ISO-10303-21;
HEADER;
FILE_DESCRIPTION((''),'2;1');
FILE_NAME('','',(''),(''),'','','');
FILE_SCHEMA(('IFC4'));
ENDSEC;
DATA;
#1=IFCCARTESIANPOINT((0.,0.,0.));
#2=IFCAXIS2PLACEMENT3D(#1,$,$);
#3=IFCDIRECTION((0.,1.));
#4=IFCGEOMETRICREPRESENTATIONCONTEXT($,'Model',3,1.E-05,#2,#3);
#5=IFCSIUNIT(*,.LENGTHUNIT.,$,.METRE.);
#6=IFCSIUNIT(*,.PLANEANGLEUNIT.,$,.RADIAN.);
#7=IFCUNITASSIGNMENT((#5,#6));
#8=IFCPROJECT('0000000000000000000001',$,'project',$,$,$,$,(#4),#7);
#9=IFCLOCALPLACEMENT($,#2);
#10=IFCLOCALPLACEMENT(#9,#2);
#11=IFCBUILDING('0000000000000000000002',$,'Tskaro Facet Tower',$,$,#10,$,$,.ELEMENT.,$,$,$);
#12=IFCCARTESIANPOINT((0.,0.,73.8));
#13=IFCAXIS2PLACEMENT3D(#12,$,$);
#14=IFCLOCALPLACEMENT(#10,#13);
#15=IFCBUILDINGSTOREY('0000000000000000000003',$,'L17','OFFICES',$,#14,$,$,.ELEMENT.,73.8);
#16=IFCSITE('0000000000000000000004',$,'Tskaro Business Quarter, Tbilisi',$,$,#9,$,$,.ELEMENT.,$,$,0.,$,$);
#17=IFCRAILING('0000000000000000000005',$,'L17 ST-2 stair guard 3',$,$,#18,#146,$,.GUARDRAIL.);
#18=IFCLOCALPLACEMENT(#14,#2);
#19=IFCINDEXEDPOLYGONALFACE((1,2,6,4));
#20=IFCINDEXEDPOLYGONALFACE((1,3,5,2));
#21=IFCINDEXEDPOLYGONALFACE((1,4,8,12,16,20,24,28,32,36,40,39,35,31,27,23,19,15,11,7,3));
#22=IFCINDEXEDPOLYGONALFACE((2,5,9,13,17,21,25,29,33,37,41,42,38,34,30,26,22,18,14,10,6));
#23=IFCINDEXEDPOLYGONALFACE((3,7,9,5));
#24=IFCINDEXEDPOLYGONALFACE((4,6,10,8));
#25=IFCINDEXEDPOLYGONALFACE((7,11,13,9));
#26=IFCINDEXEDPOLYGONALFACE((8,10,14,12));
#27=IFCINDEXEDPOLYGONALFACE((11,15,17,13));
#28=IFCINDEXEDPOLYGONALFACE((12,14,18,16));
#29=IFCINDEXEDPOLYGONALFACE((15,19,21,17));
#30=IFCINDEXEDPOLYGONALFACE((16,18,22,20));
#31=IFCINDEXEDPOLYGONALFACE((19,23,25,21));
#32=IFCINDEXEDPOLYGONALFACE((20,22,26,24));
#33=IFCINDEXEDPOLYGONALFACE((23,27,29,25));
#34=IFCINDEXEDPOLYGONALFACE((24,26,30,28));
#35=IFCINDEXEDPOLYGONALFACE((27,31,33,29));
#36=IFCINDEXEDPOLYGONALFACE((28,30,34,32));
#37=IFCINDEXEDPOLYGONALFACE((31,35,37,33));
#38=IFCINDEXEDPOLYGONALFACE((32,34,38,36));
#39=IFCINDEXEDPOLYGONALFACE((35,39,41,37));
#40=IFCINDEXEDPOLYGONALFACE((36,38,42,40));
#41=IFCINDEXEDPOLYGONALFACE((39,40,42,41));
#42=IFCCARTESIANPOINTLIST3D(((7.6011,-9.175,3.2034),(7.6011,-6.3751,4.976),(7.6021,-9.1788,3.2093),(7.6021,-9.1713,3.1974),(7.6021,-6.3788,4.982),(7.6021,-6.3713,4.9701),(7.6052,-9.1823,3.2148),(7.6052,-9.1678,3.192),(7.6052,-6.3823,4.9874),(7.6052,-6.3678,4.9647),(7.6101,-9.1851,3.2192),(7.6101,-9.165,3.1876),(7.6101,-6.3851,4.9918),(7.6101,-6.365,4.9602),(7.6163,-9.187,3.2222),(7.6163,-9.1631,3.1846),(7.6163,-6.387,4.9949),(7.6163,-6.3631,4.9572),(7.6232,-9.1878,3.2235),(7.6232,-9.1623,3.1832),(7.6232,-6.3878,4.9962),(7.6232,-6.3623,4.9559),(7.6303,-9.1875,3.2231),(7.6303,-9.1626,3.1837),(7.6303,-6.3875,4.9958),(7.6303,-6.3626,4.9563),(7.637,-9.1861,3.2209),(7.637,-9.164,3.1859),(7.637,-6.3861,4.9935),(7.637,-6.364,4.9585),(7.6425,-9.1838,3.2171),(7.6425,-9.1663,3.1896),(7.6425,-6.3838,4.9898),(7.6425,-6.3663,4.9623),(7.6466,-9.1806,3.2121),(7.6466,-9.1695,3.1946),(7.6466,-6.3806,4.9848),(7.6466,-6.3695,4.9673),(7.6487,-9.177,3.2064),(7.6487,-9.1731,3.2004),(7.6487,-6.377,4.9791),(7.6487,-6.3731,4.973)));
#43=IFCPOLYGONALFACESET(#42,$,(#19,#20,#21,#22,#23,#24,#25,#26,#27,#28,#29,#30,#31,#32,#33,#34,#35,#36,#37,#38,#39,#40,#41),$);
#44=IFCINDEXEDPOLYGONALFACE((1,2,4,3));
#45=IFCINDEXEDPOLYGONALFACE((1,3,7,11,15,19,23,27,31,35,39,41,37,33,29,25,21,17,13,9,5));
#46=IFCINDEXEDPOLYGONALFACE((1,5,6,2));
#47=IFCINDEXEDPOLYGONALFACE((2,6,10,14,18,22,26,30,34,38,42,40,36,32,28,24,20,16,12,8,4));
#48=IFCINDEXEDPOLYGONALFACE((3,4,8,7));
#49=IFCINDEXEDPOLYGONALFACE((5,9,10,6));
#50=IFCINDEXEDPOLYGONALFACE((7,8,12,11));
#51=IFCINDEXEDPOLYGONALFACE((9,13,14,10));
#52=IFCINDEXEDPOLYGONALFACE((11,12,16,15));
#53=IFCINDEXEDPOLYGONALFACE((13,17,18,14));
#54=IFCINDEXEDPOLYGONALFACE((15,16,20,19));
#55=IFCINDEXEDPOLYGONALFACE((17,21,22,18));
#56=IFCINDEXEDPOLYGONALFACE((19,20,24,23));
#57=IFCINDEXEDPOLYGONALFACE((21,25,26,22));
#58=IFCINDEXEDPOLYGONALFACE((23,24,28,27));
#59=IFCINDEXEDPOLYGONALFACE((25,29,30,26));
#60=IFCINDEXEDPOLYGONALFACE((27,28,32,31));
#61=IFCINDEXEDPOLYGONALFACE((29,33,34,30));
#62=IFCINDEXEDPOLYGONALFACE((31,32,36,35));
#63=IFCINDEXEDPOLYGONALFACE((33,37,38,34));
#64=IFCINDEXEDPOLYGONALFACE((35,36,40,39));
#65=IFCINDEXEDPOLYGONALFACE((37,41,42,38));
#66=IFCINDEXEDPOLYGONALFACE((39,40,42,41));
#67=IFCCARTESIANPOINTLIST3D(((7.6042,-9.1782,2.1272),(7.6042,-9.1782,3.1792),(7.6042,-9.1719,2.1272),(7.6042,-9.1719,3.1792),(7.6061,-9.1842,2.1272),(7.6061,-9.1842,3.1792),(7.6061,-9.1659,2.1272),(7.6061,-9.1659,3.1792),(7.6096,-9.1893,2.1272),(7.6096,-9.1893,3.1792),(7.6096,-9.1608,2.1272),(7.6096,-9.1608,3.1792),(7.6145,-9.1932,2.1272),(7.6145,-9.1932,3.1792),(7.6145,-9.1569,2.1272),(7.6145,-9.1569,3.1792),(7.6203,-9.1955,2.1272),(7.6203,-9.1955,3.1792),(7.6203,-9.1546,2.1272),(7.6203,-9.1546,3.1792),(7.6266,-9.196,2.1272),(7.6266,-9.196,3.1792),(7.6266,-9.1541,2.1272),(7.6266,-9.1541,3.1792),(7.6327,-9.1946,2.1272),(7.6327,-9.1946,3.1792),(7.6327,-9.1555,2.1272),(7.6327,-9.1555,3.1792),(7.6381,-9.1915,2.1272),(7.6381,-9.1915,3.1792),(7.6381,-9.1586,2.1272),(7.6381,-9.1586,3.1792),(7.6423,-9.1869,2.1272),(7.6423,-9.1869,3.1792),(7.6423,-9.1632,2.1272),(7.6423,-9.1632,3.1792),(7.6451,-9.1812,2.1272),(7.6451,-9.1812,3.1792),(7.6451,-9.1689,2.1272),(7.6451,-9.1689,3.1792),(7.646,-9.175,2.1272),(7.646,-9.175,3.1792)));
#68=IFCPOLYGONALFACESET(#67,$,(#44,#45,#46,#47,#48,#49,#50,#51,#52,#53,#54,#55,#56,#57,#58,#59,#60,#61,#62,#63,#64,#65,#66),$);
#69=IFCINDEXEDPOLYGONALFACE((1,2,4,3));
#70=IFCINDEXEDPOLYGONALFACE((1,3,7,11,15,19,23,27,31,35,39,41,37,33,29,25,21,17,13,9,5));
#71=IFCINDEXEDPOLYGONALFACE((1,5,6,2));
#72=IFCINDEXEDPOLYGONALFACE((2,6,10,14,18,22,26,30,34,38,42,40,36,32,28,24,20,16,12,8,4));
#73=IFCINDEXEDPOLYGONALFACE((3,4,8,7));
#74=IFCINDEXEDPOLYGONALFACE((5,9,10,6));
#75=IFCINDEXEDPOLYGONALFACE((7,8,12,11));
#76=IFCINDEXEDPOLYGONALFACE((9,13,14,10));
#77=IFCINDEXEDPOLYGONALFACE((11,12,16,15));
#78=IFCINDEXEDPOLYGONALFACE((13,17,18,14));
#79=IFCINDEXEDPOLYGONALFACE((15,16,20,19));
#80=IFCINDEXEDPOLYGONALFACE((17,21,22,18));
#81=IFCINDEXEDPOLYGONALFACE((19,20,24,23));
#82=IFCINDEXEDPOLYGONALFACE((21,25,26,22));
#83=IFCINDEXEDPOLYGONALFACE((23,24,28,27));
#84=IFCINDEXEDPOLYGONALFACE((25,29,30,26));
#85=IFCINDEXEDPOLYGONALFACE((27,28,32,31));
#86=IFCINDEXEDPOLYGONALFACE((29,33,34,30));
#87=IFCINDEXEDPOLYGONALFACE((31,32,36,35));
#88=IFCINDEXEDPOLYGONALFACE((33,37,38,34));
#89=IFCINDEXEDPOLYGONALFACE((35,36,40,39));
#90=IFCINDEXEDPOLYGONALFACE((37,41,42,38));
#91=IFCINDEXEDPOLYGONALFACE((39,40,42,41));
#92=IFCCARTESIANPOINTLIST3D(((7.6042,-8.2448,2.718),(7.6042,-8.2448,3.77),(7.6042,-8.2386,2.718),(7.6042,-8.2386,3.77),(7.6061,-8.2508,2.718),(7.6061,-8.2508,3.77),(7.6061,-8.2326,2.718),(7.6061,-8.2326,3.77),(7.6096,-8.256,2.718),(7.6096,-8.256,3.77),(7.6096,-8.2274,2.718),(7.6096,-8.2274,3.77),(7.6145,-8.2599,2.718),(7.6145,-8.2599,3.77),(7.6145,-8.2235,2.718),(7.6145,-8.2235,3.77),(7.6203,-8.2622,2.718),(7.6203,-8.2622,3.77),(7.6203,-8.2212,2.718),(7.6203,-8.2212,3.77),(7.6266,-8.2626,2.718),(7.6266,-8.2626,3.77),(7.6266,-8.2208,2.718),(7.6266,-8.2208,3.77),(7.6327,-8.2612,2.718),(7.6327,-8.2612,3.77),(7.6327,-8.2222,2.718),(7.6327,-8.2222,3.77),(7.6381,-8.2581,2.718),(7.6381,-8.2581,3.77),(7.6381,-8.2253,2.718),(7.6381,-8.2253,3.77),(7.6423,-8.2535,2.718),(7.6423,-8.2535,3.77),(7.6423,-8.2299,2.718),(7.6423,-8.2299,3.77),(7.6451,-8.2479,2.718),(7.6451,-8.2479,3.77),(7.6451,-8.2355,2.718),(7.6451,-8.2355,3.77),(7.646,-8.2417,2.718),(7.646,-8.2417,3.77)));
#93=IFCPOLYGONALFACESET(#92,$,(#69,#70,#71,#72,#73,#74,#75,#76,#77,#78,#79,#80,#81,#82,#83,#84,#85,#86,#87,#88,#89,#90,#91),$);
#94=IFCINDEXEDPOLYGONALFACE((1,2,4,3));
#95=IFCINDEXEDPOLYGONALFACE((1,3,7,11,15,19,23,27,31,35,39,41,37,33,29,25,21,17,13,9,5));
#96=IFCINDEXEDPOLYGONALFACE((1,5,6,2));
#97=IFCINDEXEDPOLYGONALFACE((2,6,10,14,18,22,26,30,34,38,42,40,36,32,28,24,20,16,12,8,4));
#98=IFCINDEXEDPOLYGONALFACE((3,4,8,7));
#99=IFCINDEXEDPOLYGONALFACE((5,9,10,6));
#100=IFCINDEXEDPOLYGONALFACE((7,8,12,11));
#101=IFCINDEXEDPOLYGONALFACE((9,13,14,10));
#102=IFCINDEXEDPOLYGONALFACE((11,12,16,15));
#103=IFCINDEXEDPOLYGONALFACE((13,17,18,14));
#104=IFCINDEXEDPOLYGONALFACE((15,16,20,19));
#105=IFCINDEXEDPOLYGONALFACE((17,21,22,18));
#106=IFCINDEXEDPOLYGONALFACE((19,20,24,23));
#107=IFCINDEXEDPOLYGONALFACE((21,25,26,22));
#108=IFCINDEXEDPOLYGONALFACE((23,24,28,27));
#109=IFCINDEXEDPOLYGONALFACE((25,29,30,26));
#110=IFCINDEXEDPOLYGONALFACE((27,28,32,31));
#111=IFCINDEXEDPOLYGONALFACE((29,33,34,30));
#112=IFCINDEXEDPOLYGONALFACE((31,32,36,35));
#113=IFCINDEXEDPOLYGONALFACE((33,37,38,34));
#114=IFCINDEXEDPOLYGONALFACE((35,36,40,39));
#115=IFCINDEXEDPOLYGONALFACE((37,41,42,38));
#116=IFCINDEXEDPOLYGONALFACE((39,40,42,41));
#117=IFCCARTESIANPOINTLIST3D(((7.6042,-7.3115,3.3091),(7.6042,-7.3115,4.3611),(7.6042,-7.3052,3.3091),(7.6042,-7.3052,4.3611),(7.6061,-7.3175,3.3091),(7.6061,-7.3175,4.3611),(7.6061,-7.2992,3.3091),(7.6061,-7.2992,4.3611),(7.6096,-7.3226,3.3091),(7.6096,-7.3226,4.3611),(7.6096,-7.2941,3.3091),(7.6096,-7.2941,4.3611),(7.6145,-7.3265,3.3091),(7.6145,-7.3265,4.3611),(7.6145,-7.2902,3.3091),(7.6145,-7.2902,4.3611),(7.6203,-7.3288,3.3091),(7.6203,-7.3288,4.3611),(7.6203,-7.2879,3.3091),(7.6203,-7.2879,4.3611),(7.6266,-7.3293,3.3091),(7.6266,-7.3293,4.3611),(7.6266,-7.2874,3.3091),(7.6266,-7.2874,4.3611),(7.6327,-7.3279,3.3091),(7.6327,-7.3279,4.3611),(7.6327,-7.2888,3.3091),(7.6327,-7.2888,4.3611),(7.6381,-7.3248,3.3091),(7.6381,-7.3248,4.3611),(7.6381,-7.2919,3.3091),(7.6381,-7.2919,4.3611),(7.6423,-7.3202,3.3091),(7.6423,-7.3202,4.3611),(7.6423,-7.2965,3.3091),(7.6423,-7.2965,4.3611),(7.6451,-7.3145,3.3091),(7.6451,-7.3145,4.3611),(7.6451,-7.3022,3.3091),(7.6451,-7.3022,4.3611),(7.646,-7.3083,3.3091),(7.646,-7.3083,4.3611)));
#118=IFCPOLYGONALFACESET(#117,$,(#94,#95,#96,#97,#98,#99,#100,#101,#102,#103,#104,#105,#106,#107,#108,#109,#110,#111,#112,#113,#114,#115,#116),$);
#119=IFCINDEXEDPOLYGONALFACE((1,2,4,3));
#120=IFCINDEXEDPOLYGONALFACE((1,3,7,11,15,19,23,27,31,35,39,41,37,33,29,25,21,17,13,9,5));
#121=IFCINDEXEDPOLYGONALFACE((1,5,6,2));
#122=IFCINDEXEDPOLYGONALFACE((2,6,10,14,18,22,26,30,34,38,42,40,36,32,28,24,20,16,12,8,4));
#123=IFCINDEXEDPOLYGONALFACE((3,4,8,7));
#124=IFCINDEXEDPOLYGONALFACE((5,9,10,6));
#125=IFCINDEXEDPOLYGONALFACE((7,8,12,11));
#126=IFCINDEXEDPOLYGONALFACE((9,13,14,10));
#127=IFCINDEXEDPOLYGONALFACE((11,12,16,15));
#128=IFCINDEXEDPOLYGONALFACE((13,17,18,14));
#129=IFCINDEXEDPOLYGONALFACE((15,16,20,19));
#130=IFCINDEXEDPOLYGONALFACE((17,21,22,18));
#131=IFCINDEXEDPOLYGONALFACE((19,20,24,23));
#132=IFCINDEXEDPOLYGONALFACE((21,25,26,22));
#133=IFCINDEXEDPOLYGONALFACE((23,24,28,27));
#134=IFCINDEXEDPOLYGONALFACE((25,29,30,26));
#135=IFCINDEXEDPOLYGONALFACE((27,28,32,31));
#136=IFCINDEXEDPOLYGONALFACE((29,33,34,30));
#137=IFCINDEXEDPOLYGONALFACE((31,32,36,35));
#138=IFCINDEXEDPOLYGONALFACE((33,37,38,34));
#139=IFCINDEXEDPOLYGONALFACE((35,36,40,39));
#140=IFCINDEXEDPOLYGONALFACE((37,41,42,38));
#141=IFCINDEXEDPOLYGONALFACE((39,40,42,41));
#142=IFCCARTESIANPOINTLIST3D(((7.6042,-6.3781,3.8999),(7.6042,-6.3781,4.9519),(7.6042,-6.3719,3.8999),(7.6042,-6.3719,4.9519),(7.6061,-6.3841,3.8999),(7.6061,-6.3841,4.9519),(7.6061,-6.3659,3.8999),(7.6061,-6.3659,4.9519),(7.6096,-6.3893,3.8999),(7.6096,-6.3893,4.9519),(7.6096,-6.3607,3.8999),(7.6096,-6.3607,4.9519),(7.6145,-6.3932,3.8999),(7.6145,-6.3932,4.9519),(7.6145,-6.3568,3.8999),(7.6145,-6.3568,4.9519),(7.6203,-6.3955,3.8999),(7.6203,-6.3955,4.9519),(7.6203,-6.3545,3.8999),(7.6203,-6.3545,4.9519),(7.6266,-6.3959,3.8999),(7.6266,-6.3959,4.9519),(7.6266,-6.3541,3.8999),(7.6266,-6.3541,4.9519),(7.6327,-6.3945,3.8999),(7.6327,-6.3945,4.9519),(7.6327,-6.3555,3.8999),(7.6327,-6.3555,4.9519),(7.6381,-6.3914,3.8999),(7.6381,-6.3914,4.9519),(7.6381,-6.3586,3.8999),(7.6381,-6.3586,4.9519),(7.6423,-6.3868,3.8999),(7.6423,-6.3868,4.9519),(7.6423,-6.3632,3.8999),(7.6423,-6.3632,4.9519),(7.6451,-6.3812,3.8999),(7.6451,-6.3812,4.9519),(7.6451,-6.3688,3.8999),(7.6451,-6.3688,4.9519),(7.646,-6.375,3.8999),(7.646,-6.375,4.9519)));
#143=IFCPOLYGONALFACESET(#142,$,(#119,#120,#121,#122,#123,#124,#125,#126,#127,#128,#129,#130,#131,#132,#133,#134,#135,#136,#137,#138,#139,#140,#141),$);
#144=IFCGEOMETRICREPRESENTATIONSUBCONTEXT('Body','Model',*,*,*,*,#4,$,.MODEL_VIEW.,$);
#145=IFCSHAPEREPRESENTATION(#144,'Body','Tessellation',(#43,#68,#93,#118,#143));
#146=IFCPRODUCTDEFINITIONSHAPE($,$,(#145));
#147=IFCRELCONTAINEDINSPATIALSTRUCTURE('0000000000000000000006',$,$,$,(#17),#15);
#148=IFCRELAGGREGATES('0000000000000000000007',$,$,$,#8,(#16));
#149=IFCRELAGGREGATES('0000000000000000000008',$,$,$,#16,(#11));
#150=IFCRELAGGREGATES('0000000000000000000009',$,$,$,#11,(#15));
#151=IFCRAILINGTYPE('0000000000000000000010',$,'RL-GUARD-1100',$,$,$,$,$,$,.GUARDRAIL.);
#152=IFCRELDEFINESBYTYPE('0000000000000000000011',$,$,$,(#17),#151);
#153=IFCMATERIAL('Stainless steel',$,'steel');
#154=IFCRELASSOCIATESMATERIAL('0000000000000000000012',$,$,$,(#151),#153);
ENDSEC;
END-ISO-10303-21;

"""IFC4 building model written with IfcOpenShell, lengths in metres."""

from ifc_helpers import new_model, si_unit, direction, frame, origin, origin_2d, place, context, subcontext, project, spatial, circle, extrude, material, type_object, element, save


model = new_model("IFC4")

# Units and contexts
model_context = context("Model", 3, precision=1e-05, world=origin(), true_north=direction((0.0, 1.0)))
body_context = subcontext(model_context, "Body", "Model", "MODEL_VIEW")
ifc_project = project(units=[si_unit("LENGTHUNIT", "METRE"), si_unit("PLANEANGLEUNIT", "RADIAN")], contexts=[model_context])

# Site, building, storey
site_placement = place(None, origin())
site = spatial("IfcSite", under=ifc_project, at=site_placement, Name="Tskaro Business Quarter, Tbilisi", CompositionType="ELEMENT", RefElevation=0.0)
building_placement = place(site_placement, origin())
building = spatial("IfcBuilding", under=site, at=building_placement, Name="Tskaro Facet Tower", CompositionType="ELEMENT")
storey_placement = place(building_placement, frame((0.0, 0.0, 73.8)))
storey = spatial("IfcBuildingStorey", under=building, at=storey_placement, Name="L17", Description="OFFICES", CompositionType="ELEMENT", Elevation=73.8)

# Railing
ifc_material_1 = material(Name="Stainless steel", Category="steel")
railing_type_1 = type_object("IfcRailingType", Name="RL-GUARD-1100", PredefinedType="GUARDRAIL", material=ifc_material_1)
railing_1_placement = place(storey_placement, frame((7.625, -9.175, 2.1272)))
element("IfcRailing", 1, at=railing_1_placement, inside=storey, type_object=railing_type_1, Name="L17 ST-2 stair guard 3", PredefinedType="GUARDRAIL", context=body_context, shape_type="SweptSolid", body=[
    extrude(circle(Radius=0.0239, at=origin_2d()), frame((0.0, 0.0, 1.0762), z_axis=(0.0, 0.844909, 0.53491), x_axis=(-1.0, 0.0, 0.0)), (0.0, 0.0, 1.0), 3.314),
    extrude(circle(Radius=0.021, at=origin_2d()), origin(), (0.0, 0.0, 1.0), 1.052),
    extrude(circle(Radius=0.021, at=origin_2d()), frame((0.0, 0.9333, 0.5908)), (0.0, 0.0, 1.0), 1.052),
    extrude(circle(Radius=0.021, at=origin_2d()), frame((0.0, 1.8667, 1.1819)), (0.0, 0.0, 1.0), 1.052),
    extrude(circle(Radius=0.021, at=origin_2d()), frame((0.0, 2.8, 1.7727)), (0.0, 0.0, 1.0), 1.052),
])

save(model, "model.ifc")
